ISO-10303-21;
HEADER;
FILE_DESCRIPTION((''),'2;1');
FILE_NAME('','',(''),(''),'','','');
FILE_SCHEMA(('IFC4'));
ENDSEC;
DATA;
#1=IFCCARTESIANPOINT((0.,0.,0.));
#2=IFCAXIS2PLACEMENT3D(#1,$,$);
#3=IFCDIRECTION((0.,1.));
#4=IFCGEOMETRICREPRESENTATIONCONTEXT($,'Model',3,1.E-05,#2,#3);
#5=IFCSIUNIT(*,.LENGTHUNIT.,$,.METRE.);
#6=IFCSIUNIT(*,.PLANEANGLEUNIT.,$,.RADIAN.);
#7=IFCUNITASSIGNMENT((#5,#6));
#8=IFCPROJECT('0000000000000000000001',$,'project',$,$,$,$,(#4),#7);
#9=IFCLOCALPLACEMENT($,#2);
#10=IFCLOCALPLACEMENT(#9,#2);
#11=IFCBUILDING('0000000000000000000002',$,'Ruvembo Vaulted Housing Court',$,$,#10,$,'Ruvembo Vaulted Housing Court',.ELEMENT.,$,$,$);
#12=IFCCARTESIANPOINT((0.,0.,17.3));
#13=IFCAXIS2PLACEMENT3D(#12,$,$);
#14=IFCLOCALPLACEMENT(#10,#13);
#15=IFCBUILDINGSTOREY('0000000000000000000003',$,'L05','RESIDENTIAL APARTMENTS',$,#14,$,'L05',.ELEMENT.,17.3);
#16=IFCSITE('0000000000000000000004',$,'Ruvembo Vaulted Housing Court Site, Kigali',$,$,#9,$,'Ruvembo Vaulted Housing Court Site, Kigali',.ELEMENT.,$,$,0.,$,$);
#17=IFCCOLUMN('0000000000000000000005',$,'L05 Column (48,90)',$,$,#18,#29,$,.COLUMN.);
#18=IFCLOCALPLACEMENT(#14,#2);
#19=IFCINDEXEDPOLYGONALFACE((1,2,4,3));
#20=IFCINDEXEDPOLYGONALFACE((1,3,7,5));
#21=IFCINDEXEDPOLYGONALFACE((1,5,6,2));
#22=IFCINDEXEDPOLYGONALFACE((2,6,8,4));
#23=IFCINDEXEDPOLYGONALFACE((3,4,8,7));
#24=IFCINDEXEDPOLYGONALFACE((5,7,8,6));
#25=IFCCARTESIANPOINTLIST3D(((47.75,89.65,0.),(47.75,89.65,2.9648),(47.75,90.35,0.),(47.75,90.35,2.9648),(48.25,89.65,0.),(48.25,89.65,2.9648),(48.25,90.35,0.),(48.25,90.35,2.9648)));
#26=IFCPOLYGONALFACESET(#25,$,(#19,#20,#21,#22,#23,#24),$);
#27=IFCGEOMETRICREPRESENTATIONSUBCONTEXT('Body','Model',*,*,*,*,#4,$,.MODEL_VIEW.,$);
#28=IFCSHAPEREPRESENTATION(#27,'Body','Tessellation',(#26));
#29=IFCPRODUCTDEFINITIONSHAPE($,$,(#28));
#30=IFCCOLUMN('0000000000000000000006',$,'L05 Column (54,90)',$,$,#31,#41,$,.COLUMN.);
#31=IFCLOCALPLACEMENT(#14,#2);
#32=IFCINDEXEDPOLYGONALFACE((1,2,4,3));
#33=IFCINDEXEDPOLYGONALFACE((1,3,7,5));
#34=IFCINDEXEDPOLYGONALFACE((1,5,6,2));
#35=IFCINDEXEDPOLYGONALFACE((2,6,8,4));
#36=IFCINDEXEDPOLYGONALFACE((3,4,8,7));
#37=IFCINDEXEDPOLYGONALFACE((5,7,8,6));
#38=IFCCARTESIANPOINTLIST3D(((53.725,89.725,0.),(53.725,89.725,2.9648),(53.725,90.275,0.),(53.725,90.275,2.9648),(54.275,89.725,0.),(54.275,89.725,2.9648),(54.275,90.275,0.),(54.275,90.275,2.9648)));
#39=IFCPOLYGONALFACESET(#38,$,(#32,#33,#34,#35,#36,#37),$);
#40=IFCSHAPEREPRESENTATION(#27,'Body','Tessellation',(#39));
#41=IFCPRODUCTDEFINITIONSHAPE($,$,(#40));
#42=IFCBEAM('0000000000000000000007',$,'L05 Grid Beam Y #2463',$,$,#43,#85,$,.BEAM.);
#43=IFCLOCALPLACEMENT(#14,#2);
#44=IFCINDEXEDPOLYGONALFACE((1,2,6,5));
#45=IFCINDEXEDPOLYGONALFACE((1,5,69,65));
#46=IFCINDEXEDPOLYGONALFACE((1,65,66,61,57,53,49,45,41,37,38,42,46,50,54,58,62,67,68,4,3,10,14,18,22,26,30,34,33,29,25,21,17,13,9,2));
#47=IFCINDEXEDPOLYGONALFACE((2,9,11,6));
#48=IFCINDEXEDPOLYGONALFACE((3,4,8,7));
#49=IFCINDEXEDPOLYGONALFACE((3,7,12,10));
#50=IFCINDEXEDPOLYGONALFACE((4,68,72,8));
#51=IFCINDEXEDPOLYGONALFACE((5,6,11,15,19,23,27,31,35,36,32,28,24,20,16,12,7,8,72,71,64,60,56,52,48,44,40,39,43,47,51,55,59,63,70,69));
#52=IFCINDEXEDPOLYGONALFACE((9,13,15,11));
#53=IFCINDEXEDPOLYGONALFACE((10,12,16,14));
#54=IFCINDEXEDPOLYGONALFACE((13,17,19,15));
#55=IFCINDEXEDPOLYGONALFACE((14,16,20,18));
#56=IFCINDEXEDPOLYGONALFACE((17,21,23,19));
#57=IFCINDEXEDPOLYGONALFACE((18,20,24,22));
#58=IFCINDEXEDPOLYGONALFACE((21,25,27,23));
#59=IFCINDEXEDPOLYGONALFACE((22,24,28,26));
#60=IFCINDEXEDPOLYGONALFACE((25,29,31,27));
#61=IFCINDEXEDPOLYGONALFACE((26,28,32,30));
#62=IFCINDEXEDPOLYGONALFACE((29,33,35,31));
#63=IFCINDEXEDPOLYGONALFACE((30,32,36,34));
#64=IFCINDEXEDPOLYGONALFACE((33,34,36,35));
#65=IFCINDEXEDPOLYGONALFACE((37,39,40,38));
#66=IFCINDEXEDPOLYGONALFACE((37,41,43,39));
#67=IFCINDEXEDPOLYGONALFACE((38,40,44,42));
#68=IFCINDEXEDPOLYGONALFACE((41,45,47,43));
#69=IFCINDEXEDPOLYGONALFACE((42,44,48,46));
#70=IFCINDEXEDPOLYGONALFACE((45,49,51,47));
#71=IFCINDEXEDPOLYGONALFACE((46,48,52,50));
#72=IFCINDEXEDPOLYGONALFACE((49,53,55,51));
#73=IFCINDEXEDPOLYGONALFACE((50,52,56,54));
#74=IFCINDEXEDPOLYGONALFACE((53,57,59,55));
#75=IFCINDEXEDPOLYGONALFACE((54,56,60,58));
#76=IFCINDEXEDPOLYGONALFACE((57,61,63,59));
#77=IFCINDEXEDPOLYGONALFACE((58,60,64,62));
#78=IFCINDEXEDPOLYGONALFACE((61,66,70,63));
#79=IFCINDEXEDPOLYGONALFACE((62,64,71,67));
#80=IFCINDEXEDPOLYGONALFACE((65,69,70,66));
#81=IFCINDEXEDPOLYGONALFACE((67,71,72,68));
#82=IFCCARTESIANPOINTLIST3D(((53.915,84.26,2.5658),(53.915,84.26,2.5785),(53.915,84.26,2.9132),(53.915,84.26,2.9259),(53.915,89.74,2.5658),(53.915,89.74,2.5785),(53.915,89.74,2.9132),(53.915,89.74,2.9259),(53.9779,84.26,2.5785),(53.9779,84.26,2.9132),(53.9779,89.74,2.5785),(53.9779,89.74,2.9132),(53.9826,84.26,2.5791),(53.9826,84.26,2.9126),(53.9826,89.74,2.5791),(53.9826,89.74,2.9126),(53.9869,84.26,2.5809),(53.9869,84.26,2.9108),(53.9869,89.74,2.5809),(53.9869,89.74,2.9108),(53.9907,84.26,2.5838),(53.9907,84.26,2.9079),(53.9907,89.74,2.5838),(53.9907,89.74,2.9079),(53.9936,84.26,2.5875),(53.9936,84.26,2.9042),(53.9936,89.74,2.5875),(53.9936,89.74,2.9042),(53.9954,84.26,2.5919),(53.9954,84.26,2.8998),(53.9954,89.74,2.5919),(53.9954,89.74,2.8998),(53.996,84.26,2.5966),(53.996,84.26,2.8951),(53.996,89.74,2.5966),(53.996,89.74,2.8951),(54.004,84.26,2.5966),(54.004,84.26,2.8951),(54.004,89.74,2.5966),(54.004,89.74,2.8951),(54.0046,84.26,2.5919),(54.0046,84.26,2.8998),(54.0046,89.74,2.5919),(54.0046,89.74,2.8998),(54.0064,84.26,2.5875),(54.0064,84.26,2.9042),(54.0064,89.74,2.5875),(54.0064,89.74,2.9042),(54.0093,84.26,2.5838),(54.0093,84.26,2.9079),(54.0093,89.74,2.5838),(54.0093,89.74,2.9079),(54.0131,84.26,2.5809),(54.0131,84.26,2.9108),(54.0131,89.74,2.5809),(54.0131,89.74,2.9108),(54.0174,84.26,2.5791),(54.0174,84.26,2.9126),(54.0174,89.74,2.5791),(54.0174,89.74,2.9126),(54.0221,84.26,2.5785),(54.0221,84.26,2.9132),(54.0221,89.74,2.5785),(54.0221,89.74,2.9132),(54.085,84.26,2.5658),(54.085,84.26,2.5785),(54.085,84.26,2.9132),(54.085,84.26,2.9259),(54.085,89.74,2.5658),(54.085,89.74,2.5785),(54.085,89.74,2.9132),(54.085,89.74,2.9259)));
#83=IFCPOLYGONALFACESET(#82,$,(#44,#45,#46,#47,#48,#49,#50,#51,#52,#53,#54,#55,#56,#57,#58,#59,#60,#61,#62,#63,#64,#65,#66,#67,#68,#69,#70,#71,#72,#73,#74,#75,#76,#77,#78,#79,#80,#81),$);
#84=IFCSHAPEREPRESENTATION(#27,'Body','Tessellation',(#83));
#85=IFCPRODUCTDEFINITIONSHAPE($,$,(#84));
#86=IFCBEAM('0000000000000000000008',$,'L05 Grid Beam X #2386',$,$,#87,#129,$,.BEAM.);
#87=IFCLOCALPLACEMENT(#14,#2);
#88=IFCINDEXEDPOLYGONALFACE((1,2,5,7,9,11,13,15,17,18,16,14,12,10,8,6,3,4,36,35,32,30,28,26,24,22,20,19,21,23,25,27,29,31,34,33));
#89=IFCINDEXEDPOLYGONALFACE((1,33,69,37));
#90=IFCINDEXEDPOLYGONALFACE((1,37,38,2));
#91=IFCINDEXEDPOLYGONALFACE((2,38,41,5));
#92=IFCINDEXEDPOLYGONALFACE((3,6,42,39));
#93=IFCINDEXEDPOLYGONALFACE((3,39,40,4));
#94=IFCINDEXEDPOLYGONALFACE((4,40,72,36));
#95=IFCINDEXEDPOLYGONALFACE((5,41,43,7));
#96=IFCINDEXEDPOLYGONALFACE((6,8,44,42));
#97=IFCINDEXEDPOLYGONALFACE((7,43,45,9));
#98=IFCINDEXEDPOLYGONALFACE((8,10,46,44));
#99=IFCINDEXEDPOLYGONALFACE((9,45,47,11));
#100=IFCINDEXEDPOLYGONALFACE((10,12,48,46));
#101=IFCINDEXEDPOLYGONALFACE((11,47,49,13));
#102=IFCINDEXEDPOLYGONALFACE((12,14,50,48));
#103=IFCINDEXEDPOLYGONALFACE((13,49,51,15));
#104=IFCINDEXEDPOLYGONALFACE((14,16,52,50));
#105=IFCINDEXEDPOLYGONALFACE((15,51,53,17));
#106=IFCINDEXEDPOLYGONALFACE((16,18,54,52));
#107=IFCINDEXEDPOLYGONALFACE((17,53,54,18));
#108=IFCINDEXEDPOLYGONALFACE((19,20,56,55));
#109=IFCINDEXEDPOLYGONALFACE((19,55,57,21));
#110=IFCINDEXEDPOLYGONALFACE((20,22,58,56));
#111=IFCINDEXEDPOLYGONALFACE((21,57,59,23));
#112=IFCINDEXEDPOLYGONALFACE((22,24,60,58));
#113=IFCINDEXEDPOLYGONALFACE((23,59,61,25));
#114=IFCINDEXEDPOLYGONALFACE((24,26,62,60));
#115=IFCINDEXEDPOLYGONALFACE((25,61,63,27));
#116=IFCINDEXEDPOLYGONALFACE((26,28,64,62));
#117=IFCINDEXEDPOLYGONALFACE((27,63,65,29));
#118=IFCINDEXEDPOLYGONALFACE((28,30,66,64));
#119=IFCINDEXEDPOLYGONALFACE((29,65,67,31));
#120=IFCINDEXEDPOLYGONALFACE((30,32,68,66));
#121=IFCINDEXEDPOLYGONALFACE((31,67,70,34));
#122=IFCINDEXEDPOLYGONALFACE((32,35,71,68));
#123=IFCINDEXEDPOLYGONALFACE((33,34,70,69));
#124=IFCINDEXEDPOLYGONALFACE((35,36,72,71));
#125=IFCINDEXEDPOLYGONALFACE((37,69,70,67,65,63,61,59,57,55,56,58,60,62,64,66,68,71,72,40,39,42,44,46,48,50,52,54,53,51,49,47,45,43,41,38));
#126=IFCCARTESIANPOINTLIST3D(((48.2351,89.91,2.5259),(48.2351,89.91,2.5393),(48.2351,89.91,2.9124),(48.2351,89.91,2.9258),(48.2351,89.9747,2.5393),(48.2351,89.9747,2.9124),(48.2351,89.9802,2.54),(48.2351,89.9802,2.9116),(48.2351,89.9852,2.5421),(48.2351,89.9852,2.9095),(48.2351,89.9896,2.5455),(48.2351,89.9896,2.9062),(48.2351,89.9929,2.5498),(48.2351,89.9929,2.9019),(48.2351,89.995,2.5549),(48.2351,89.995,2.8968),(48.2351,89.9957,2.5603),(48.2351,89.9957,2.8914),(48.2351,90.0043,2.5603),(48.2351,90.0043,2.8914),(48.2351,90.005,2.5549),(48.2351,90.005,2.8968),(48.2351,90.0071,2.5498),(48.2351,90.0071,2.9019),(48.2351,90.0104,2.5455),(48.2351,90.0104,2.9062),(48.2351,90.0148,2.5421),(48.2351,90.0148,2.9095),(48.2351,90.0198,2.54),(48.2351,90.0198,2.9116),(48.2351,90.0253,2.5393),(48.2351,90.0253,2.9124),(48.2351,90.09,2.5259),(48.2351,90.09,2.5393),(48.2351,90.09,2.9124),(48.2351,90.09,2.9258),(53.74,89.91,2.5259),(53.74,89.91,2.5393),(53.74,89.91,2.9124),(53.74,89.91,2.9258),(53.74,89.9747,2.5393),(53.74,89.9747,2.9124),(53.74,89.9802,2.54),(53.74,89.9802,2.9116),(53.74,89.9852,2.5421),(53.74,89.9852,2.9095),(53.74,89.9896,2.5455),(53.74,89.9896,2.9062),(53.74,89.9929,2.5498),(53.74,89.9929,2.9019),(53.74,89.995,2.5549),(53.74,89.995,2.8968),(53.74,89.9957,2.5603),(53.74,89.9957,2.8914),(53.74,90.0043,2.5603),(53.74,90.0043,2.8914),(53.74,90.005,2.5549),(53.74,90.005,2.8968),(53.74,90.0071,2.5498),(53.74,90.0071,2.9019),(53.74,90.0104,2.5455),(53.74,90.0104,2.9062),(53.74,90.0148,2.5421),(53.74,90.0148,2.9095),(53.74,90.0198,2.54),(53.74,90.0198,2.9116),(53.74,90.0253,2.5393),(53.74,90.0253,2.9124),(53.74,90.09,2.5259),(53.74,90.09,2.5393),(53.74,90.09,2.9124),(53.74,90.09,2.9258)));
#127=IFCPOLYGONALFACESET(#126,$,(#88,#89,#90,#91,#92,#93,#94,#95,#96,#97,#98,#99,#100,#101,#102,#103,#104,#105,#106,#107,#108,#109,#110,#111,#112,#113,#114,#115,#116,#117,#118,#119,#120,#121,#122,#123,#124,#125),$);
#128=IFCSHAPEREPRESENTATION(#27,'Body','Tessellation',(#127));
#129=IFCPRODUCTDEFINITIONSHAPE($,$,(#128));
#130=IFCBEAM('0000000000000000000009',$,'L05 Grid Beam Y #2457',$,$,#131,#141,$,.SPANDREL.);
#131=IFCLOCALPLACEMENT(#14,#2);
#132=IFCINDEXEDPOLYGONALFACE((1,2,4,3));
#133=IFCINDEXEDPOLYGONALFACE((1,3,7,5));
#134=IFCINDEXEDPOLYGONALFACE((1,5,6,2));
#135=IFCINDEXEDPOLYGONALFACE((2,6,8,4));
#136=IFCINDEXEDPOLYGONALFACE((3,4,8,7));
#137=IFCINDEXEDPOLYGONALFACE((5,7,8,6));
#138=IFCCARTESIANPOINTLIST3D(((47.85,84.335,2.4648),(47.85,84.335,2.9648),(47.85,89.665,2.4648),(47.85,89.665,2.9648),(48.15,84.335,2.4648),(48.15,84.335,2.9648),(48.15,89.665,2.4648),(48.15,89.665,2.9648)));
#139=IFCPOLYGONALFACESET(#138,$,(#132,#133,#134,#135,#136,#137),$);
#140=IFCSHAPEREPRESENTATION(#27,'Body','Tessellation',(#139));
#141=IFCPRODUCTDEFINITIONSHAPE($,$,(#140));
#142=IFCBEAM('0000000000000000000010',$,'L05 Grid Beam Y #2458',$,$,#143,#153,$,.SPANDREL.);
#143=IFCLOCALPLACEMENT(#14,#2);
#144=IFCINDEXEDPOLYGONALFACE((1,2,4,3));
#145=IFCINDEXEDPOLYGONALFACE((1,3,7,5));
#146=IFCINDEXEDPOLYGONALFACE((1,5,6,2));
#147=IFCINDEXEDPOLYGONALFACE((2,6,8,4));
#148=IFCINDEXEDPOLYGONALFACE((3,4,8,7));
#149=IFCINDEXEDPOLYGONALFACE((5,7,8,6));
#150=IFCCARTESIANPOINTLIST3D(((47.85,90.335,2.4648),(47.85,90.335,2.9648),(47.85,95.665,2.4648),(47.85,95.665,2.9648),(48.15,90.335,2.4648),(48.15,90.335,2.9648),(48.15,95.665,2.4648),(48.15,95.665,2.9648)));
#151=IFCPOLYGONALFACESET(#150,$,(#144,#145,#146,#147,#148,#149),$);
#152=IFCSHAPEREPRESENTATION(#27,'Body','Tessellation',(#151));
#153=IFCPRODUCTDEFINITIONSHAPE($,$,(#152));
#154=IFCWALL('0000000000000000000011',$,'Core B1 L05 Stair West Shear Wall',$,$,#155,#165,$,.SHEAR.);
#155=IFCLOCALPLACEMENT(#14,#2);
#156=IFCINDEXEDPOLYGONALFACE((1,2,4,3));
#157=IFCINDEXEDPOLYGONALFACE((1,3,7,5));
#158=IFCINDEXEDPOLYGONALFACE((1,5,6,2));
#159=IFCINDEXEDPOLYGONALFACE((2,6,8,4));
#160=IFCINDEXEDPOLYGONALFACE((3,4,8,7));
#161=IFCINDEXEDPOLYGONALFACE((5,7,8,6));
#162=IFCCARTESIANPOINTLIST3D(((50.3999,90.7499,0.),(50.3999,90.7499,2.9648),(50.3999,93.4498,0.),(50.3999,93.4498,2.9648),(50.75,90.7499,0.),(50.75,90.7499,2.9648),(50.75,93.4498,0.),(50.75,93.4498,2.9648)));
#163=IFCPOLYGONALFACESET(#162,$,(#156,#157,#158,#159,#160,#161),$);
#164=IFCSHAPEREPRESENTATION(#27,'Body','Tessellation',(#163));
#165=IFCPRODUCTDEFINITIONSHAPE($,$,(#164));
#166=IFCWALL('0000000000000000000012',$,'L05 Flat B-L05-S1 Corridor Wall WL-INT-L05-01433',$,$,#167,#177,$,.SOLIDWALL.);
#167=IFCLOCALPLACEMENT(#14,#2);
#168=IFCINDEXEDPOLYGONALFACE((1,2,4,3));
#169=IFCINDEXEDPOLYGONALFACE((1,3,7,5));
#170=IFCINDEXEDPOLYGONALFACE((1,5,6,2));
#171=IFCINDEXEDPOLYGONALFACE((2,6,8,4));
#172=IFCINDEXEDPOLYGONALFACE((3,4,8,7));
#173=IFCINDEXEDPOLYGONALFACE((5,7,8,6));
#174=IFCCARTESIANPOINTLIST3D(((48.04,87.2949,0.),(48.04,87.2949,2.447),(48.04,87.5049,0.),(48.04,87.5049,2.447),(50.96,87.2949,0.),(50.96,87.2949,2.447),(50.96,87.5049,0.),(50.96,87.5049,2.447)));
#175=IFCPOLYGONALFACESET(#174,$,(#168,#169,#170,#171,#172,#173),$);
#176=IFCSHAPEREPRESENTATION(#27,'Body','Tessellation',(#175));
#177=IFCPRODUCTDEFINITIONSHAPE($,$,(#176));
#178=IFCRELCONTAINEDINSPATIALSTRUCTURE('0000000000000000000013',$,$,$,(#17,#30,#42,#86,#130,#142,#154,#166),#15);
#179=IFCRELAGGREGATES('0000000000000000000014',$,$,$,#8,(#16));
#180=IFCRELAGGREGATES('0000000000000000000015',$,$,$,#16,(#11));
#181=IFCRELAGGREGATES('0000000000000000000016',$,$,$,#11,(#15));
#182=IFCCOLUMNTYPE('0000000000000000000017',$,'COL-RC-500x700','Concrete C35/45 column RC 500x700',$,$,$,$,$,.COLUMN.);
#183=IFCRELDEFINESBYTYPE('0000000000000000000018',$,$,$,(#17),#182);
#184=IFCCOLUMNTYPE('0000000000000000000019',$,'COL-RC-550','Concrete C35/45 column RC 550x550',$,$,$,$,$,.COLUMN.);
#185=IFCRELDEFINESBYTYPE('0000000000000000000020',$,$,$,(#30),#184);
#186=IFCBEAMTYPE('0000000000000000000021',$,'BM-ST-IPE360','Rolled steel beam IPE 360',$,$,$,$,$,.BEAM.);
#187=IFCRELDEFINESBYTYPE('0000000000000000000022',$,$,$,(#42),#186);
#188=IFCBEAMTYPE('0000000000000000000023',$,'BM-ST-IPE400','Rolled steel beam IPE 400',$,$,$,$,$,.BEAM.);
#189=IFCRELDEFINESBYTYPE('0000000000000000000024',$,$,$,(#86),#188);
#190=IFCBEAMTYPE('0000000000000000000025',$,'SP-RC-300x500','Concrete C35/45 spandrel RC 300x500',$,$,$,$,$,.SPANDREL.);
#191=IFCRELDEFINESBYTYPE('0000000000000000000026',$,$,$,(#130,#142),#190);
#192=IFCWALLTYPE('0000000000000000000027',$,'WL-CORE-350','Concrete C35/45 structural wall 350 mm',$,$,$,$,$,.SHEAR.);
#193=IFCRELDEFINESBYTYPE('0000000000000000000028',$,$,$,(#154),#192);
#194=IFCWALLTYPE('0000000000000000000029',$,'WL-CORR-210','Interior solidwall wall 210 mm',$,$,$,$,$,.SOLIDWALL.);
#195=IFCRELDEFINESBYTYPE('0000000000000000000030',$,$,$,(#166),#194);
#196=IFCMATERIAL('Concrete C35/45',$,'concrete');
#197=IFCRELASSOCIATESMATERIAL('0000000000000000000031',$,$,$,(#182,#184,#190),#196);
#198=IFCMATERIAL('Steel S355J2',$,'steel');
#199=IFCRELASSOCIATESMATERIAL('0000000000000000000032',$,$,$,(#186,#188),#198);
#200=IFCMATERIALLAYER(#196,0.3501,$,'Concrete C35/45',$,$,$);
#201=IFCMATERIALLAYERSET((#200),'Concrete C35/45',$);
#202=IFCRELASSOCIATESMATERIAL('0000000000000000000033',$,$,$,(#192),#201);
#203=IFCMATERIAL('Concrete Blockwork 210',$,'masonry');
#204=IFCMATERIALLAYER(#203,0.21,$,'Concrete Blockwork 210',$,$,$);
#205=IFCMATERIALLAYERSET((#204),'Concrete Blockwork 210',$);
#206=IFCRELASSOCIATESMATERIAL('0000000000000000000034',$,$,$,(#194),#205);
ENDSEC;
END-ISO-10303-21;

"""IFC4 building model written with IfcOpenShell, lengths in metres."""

from ifc_helpers import new_model, si_unit, direction, frame, frame_2d, origin, origin_2d, place, context, subcontext, project, spatial, rectangle, i_section, extrude, material, layer, layer_set, material_profile, profile_set, type_object, element, save


model = new_model("IFC4")

# Units and contexts
model_context = context("Model", 3, precision=1e-05, world=origin(), true_north=direction((0.0, 1.0)))
body_context = subcontext(model_context, "Body", "Model", "MODEL_VIEW")
ifc_project = project(units=[si_unit("LENGTHUNIT", "METRE"), si_unit("PLANEANGLEUNIT", "RADIAN")], contexts=[model_context])

# Site, building, storey
site_placement = place(None, origin())
site = spatial("IfcSite", under=ifc_project, at=site_placement, Name="Ruvembo Vaulted Housing Court Site, Kigali", LongName="Ruvembo Vaulted Housing Court Site, Kigali", CompositionType="ELEMENT", RefElevation=0.0)
building_placement = place(site_placement, origin())
building = spatial("IfcBuilding", under=site, at=building_placement, Name="Ruvembo Vaulted Housing Court", LongName="Ruvembo Vaulted Housing Court", CompositionType="ELEMENT")
storey_placement = place(building_placement, frame((0.0, 0.0, 17.3)))
storey = spatial("IfcBuildingStorey", under=building, at=storey_placement, Name="L05", Description="RESIDENTIAL APARTMENTS", LongName="L05", CompositionType="ELEMENT", Elevation=17.3)

# Columns
ifc_material_1 = material(Name="Concrete C35/45", Category="concrete")
ifc_material_profile_1 = material_profile(ifc_material_1, rectangle(XDim=0.5, YDim=0.7, at=origin_2d()), Name="RC 500x700")
ifc_profile_set_1 = profile_set([ifc_material_profile_1], Name="Concrete C35/45")
column_type_1 = type_object("IfcColumnType", Name="COL-RC-500x700", Description="Concrete C35/45 column RC 500x700", PredefinedType="COLUMN", material=ifc_profile_set_1)
column_1_placement = place(storey_placement, frame((48.0, 90.0, 0.0), z_axis=(0.0, 0.0, 1.0), x_axis=(1.0, 0.0, 0.0)))
element("IfcColumn", 1, at=column_1_placement, inside=storey, type_object=column_type_1, Name="L05 Column (48,90)", PredefinedType="COLUMN", context=body_context, shape_type="SweptSolid", body=[
    extrude(rectangle(XDim=0.5, YDim=0.7, at=origin_2d()), origin(), (0.0, 0.0, 1.0), 2.9648),
])
ifc_material_profile_2 = material_profile(ifc_material_1, rectangle(XDim=0.55, YDim=0.55, at=origin_2d()), Name="RC 550x550")
ifc_profile_set_2 = profile_set([ifc_material_profile_2], Name="Concrete C35/45")
column_type_2 = type_object("IfcColumnType", Name="COL-RC-550", Description="Concrete C35/45 column RC 550x550", PredefinedType="COLUMN", material=ifc_profile_set_2)
column_2_placement = place(storey_placement, frame((54.0, 90.0, 0.0), z_axis=(0.0, 0.0, 1.0), x_axis=(1.0, 0.0, 0.0)))
element("IfcColumn", 2, at=column_2_placement, inside=storey, type_object=column_type_2, Name="L05 Column (54,90)", PredefinedType="COLUMN", context=body_context, shape_type="SweptSolid", body=[
    extrude(rectangle(XDim=0.55, YDim=0.55, at=origin_2d()), origin(), (0.0, 0.0, 1.0), 2.9648),
])

# Beams
ifc_material_2 = material(Name="Steel S355J2", Category="steel")
ifc_material_profile_3 = material_profile(ifc_material_2, i_section(OverallWidth=0.1699, OverallDepth=0.3601, WebThickness=0.0081, FlangeThickness=0.0127, FilletRadius=0.0181, at=origin_2d()), Name="IPE 360")
ifc_profile_set_3 = profile_set([ifc_material_profile_3], Name="Steel S355J2")
beam_type_1 = type_object("IfcBeamType", Name="BM-ST-IPE360", Description="Rolled steel beam IPE 360", PredefinedType="BEAM", material=ifc_profile_set_3)
beam_1_placement = place(storey_placement, frame((54.0, 84.26, 2.7458), z_axis=(0.0, 1.0, 0.0), x_axis=(-1.0, 0.0, 0.0)))
element("IfcBeam", 3, at=beam_1_placement, inside=storey, type_object=beam_type_1, Name="L05 Grid Beam Y #2463", PredefinedType="BEAM", context=body_context, shape_type="SweptSolid", body=[
    extrude(i_section(OverallWidth=0.1699, OverallDepth=0.3601, WebThickness=0.0081, FlangeThickness=0.0127, FilletRadius=0.0181, at=origin_2d()), origin(), (0.0, 0.0, 1.0), 5.48),
])
ifc_material_profile_4 = material_profile(ifc_material_2, i_section(OverallWidth=0.1799, OverallDepth=0.3999, WebThickness=0.0085, FlangeThickness=0.0134, FilletRadius=0.021, at=origin_2d()), Name="IPE 400")
ifc_profile_set_4 = profile_set([ifc_material_profile_4], Name="Steel S355J2")
beam_type_2 = type_object("IfcBeamType", Name="BM-ST-IPE400", Description="Rolled steel beam IPE 400", PredefinedType="BEAM", material=ifc_profile_set_4)
beam_2_placement = place(storey_placement, frame((48.2351, 90.0, 2.7258), z_axis=(1.0, 0.0, 0.0), x_axis=(0.0, 1.0, 0.0)))
element("IfcBeam", 4, at=beam_2_placement, inside=storey, type_object=beam_type_2, Name="L05 Grid Beam X #2386", PredefinedType="BEAM", context=body_context, shape_type="SweptSolid", body=[
    extrude(i_section(OverallWidth=0.1799, OverallDepth=0.3999, WebThickness=0.0085, FlangeThickness=0.0134, FilletRadius=0.021, at=origin_2d()), origin(), (0.0, 0.0, 1.0), 5.5049),
])
ifc_material_profile_5 = material_profile(ifc_material_1, rectangle(XDim=0.3, YDim=0.5, at=origin_2d()), Name="RC 300x500")
ifc_profile_set_5 = profile_set([ifc_material_profile_5], Name="Concrete C35/45")
beam_type_3 = type_object("IfcBeamType", Name="SP-RC-300x500", Description="Concrete C35/45 spandrel RC 300x500", PredefinedType="SPANDREL", material=ifc_profile_set_5)
for number, where, z_axis, x_axis, name in (
    (5, (48.0, 84.335, 2.7148), (0.0, 1.0, 0.0), (-1.0, 0.0, 0.0), "L05 Grid Beam Y #2457"),
    (6, (48.0, 90.335, 2.7148), (0.0, 1.0, 0.0), (-1.0, 0.0, 0.0), "L05 Grid Beam Y #2458"),
):
    element("IfcBeam", number, at=place(storey_placement, frame(where, z_axis=z_axis, x_axis=x_axis)), inside=storey, type_object=beam_type_3, Name=name, PredefinedType="SPANDREL", context=body_context, shape_type="SweptSolid", body=[
        extrude(rectangle(XDim=0.3, YDim=0.5, at=origin_2d()), origin(), (0.0, 0.0, 1.0), 5.3301),
    ])

# Shared definitions
ifc_layer_1 = layer(ifc_material_1, 0.3501, Name="Concrete C35/45")
ifc_layer_set_1 = layer_set([ifc_layer_1], Name="Concrete C35/45")
wall_type_1 = type_object("IfcWallType", Name="WL-CORE-350", Description="Concrete C35/45 structural wall 350 mm", PredefinedType="SHEAR", material=ifc_layer_set_1)

# Walls
wall_1_placement = place(storey_placement, frame((50.575, 93.45, 0.0), z_axis=(0.0, 0.0, 1.0), x_axis=(0.0, -1.0, 0.0)))
element("IfcWall", 7, at=wall_1_placement, inside=storey, type_object=wall_type_1, Name="Core B1 L05 Stair West Shear Wall", PredefinedType="SHEAR", context=body_context, shape_type="SweptSolid", body=[
    extrude(rectangle(XDim=2.7, YDim=0.3501, at=frame_2d((1.3501, 0.0))), origin(), (0.0, 0.0, 1.0), 2.9648),
])
ifc_material_3 = material(Name="Concrete Blockwork 210", Category="masonry")
ifc_layer_2 = layer(ifc_material_3, 0.21, Name="Concrete Blockwork 210")
ifc_layer_set_2 = layer_set([ifc_layer_2], Name="Concrete Blockwork 210")
wall_type_2 = type_object("IfcWallType", Name="WL-CORR-210", Description="Interior solidwall wall 210 mm", PredefinedType="SOLIDWALL", material=ifc_layer_set_2)
wall_2_placement = place(storey_placement, frame((48.04, 87.3999, 0.0), z_axis=(0.0, 0.0, 1.0), x_axis=(1.0, 0.0, 0.0)))
element("IfcWall", 8, at=wall_2_placement, inside=storey, type_object=wall_type_2, Name="L05 Flat B-L05-S1 Corridor Wall WL-INT-L05-01433", PredefinedType="SOLIDWALL", context=body_context, shape_type="SweptSolid", body=[
    extrude(rectangle(XDim=2.9199, YDim=0.21, at=frame_2d((1.46, 0.0))), origin(), (0.0, 0.0, 1.0), 2.447),
])

save(model, "model.ifc")
